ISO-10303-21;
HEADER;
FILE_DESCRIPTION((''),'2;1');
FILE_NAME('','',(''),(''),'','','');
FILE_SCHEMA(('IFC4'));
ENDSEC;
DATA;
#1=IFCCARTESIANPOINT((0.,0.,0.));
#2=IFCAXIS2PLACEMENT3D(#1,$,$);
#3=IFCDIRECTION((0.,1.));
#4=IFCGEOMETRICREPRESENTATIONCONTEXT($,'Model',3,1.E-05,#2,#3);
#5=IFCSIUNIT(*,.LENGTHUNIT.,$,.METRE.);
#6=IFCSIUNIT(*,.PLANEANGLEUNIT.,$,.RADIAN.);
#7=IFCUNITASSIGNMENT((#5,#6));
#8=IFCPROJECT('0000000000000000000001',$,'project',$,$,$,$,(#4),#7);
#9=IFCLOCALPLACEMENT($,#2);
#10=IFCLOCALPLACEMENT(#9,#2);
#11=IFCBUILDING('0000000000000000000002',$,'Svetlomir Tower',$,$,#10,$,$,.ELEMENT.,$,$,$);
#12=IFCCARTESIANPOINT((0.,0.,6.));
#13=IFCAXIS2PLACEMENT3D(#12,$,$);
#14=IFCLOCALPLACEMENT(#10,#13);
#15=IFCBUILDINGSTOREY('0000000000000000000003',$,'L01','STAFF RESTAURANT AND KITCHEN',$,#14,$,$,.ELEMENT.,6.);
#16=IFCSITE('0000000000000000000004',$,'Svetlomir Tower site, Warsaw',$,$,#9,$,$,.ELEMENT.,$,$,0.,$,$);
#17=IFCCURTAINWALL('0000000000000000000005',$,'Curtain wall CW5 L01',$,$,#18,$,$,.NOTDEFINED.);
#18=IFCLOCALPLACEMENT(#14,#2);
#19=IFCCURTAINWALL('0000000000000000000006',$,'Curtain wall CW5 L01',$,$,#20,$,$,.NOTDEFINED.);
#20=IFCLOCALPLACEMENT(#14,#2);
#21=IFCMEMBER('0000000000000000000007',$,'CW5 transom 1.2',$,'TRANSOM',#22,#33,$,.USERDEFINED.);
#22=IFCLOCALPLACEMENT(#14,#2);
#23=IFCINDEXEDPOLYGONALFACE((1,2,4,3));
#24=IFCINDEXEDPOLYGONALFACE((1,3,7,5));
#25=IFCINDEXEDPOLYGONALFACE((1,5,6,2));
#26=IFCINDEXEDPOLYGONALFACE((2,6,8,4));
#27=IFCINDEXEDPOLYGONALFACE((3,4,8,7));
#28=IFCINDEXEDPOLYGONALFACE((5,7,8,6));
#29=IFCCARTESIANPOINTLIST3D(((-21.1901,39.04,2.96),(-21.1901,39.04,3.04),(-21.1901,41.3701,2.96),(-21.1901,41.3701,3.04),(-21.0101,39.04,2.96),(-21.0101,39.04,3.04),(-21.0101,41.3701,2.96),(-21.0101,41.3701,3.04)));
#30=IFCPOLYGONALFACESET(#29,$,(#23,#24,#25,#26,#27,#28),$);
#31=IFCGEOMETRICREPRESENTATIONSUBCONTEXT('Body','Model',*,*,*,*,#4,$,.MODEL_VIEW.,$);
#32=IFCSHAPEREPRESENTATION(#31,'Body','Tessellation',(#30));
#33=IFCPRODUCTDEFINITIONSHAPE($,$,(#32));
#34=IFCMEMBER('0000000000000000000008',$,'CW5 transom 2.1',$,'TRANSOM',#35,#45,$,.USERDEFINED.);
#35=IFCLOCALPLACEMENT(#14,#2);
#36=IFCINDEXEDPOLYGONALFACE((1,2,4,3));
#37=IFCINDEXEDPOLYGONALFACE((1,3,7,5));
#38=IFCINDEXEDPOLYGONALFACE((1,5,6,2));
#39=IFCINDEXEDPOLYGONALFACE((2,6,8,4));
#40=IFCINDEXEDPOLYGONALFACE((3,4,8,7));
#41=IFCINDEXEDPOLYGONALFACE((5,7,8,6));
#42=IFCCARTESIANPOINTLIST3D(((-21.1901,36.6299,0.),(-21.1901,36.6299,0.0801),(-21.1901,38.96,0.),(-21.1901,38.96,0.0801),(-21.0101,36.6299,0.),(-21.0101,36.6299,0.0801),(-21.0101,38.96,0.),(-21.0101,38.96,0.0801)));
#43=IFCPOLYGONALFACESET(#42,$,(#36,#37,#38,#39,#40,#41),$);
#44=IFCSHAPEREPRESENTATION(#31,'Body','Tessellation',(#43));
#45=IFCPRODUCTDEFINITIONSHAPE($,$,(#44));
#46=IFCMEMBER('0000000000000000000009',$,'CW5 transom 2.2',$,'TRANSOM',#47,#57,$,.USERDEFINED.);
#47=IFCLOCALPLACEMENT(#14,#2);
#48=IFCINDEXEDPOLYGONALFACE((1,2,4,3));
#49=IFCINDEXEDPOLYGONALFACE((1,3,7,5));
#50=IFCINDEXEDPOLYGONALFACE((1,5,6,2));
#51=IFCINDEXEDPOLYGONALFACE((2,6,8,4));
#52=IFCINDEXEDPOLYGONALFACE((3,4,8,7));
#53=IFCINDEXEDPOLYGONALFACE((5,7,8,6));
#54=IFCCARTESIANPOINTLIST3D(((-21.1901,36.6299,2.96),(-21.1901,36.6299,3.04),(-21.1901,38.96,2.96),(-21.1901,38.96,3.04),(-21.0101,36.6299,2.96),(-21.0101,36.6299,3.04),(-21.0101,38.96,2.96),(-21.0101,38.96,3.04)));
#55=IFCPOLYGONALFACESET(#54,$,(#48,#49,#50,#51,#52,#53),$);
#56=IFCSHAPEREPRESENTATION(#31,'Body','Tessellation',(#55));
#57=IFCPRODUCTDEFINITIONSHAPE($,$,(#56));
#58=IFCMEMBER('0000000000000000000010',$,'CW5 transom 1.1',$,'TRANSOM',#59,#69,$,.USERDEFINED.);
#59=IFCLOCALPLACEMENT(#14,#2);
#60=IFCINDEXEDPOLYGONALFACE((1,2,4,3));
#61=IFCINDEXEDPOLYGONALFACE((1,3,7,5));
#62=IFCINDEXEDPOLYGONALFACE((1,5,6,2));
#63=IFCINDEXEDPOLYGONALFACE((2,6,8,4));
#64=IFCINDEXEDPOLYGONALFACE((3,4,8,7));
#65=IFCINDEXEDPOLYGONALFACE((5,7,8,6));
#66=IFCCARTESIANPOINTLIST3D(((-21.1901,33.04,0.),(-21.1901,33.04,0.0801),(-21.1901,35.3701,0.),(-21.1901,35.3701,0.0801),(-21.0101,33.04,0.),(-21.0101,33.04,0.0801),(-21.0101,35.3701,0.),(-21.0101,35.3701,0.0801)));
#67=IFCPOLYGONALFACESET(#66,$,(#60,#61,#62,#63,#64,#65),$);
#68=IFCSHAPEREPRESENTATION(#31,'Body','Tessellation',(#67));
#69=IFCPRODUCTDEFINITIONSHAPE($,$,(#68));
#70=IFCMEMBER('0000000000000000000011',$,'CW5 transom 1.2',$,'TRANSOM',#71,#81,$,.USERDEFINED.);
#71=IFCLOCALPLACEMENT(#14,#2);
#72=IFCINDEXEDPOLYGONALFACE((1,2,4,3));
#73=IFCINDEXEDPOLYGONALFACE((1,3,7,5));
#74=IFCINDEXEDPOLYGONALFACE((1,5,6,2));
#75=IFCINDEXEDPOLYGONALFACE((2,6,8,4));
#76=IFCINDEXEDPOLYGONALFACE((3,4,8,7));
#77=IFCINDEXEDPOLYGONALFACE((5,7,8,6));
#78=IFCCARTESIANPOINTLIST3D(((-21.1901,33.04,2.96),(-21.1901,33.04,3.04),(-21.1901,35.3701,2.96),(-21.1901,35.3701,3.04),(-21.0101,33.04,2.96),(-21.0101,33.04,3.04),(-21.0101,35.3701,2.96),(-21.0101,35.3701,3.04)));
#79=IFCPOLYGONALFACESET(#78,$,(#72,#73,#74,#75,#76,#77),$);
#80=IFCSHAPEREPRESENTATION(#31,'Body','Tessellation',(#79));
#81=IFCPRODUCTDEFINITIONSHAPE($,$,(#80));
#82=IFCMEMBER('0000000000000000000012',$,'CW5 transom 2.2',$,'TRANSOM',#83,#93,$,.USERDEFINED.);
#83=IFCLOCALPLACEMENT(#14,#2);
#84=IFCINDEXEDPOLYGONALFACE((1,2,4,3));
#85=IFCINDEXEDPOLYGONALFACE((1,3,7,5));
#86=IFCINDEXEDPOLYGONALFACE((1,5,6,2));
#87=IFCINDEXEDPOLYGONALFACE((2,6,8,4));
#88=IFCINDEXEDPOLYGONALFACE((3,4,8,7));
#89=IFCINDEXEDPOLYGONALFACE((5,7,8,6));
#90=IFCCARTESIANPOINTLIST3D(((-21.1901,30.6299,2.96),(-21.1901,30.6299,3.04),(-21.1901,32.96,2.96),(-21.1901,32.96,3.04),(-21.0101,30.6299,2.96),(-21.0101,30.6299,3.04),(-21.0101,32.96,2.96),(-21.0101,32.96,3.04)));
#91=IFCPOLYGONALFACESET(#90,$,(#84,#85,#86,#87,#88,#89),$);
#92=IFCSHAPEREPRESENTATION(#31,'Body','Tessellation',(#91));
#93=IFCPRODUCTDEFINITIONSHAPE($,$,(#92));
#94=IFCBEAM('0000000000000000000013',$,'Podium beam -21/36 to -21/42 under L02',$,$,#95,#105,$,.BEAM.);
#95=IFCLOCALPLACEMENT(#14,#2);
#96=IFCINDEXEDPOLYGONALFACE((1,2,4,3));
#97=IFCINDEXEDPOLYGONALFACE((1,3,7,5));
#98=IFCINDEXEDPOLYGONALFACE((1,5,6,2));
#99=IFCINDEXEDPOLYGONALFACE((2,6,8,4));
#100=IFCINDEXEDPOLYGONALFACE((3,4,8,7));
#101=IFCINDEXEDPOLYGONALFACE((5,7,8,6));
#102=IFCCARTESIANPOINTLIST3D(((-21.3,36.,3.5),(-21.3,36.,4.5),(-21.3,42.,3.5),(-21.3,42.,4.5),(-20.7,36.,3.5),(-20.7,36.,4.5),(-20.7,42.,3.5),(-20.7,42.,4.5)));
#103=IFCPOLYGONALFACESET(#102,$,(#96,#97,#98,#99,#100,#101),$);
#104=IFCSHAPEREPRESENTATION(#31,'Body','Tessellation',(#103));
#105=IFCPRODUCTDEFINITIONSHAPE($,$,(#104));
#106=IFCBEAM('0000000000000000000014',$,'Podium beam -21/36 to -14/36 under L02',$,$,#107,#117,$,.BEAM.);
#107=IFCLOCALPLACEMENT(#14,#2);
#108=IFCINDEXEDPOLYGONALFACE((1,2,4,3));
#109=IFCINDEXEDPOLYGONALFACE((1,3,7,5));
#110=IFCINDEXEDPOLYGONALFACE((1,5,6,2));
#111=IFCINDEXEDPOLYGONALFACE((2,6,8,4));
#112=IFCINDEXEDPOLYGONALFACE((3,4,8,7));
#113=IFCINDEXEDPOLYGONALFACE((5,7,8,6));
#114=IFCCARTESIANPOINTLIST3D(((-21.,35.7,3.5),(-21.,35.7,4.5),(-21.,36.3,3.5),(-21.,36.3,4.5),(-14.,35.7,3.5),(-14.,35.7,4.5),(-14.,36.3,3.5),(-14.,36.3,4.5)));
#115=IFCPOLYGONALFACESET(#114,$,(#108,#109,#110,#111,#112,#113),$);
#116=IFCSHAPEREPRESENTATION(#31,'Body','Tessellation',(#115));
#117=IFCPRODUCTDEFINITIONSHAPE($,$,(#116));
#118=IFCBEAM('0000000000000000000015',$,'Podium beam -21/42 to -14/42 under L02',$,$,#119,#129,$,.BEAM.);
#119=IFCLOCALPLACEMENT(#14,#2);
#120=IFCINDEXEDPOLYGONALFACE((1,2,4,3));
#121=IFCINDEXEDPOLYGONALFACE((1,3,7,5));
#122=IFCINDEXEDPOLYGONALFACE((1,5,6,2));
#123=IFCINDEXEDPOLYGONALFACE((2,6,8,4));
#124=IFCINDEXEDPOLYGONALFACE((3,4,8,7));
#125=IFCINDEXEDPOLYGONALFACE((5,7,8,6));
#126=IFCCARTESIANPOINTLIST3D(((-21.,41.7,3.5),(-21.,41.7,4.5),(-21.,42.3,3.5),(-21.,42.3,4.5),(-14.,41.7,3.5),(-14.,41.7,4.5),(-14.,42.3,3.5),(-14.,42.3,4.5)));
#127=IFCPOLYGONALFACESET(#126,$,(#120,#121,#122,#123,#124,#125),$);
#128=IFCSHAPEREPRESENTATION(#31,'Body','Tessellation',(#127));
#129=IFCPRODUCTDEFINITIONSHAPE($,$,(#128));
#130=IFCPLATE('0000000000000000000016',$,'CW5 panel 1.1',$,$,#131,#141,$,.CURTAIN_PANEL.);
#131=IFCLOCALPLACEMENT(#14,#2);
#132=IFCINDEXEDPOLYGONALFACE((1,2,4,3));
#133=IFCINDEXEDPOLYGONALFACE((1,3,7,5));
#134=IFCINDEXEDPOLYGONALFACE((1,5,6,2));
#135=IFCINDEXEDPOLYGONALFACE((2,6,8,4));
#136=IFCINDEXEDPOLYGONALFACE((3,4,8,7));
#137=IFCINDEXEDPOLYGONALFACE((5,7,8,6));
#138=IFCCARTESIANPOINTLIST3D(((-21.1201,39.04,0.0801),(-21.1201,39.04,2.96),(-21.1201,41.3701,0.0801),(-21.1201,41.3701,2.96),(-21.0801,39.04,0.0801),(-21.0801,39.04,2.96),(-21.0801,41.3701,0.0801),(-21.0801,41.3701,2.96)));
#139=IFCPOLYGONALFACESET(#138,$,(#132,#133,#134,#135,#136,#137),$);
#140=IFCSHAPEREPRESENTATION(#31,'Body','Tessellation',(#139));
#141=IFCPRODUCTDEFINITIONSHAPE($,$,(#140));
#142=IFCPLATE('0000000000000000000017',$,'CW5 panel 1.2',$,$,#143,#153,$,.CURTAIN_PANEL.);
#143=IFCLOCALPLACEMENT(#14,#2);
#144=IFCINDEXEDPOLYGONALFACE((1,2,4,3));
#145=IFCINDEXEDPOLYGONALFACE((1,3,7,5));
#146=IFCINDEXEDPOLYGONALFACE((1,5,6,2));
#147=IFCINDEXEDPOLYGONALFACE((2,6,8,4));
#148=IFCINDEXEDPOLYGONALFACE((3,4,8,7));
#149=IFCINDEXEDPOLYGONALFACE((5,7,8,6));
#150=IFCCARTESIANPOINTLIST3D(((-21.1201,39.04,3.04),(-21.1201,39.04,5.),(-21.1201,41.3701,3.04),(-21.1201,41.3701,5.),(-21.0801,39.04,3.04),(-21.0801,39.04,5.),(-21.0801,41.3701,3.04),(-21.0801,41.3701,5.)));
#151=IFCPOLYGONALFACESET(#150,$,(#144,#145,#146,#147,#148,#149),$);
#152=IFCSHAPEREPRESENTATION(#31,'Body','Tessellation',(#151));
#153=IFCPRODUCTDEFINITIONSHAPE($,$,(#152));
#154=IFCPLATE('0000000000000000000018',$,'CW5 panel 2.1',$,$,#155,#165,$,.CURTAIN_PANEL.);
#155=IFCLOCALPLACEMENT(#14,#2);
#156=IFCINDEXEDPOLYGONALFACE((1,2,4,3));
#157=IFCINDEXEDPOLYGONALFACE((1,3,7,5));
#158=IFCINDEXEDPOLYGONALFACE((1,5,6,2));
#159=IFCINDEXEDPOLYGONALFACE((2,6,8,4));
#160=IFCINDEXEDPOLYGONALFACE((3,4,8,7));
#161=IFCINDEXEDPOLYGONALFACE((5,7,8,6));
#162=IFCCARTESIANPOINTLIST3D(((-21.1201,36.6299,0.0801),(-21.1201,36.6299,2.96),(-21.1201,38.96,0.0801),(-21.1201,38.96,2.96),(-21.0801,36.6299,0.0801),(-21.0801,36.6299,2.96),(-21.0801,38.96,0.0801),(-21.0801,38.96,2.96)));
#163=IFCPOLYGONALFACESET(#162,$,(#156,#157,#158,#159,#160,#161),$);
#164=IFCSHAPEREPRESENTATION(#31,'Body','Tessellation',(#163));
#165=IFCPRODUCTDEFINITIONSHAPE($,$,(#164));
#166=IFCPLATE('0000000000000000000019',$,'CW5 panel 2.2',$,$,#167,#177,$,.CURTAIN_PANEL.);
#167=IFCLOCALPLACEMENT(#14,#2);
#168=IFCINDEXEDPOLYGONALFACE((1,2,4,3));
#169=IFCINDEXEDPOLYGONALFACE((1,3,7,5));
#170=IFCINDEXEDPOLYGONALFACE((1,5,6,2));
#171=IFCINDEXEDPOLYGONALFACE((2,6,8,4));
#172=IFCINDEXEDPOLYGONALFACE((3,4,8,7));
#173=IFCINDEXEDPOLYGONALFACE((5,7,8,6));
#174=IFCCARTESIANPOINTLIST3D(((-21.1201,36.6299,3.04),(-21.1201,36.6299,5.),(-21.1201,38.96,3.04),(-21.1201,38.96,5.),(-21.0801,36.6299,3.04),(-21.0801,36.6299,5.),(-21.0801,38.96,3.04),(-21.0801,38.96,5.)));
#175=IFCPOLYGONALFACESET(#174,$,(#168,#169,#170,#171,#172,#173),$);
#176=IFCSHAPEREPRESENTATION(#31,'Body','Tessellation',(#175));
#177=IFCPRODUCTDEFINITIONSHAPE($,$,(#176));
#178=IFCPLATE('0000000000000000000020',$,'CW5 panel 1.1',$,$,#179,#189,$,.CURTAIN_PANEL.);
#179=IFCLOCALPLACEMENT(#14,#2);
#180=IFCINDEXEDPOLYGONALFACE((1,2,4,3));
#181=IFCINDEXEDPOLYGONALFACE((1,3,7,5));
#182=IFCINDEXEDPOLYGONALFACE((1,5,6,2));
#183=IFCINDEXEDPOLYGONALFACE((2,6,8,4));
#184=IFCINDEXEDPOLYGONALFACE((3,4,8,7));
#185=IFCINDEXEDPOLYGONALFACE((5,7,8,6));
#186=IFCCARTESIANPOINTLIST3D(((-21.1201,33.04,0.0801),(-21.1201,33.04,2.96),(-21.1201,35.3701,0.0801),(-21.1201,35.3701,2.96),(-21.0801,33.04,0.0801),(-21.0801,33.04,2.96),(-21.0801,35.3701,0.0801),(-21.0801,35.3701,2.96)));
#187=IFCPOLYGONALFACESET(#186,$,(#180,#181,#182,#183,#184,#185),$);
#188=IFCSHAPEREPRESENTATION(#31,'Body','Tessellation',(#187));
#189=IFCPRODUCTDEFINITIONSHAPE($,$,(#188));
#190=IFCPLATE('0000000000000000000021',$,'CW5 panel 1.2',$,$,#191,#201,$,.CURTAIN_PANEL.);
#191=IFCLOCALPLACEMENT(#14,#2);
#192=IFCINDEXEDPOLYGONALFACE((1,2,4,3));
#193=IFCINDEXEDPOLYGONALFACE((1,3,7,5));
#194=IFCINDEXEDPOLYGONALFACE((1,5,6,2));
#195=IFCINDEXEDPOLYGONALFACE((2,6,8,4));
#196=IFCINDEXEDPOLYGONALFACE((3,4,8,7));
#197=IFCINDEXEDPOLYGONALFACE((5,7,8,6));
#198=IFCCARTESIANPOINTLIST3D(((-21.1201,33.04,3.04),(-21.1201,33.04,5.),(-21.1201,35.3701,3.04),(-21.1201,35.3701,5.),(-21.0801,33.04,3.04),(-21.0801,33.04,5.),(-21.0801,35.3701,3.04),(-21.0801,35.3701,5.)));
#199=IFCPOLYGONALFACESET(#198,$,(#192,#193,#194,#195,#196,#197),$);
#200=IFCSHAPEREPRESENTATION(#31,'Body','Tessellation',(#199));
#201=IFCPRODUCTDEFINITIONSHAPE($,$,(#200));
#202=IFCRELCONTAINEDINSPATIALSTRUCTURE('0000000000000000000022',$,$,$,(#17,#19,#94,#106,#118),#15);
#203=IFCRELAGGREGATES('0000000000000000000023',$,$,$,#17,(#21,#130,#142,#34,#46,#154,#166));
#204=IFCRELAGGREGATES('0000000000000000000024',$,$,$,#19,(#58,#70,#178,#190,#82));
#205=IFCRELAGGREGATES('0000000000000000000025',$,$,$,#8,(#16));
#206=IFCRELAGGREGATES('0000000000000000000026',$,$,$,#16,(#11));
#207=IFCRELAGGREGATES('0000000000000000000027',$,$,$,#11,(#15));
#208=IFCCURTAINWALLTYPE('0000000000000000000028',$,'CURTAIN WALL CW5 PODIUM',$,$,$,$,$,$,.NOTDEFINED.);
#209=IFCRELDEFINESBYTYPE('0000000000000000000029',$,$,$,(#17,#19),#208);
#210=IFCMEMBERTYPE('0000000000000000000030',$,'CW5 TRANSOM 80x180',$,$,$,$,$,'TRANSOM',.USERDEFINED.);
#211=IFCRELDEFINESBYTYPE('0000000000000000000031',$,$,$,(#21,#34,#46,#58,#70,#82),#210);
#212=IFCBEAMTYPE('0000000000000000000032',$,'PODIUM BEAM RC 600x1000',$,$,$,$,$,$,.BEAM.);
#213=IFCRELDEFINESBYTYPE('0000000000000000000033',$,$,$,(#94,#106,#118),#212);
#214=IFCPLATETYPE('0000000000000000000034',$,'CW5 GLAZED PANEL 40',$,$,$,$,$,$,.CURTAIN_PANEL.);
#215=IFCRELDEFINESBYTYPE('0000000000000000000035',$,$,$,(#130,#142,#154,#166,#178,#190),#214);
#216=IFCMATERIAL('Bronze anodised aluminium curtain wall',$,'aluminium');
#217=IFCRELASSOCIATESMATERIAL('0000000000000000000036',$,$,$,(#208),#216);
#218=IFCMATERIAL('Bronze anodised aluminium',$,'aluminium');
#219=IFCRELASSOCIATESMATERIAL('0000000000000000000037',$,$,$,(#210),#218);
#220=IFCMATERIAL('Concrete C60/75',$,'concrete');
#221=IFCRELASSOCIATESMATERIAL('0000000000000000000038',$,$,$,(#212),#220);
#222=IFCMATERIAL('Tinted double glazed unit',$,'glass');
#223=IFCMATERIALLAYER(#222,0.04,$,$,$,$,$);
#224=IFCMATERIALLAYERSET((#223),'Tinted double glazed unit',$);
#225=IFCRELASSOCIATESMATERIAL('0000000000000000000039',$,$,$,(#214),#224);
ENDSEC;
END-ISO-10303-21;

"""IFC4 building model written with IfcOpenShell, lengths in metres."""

from ifc_helpers import new_model, si_unit, direction, frame, origin, origin_2d, place, context, subcontext, project, spatial, rectangle, extrude, material, layer, layer_set, material_profile, profile_set, type_object, element, aggregate, save


model = new_model("IFC4")

# Units and contexts
model_context = context("Model", 3, precision=1e-05, world=origin(), true_north=direction((0.0, 1.0)))
body_context = subcontext(model_context, "Body", "Model", "MODEL_VIEW")
ifc_project = project(units=[si_unit("LENGTHUNIT", "METRE"), si_unit("PLANEANGLEUNIT", "RADIAN")], contexts=[model_context])

# Site, building, storey
site_placement = place(None, origin())
site = spatial("IfcSite", under=ifc_project, at=site_placement, Name="Svetlomir Tower site, Warsaw", CompositionType="ELEMENT", RefElevation=0.0)
building_placement = place(site_placement, origin())
building = spatial("IfcBuilding", under=site, at=building_placement, Name="Svetlomir Tower", CompositionType="ELEMENT")
storey_placement = place(building_placement, frame((0.0, 0.0, 6.0)))
storey = spatial("IfcBuildingStorey", under=building, at=storey_placement, Name="L01", Description="STAFF RESTAURANT AND KITCHEN", CompositionType="ELEMENT", Elevation=6.0)

# Shared definitions
ifc_material_1 = material(Name="Bronze anodised aluminium curtain wall", Category="aluminium")
curtain_wall_type = type_object("IfcCurtainWallType", Name="CURTAIN WALL CW5 PODIUM", PredefinedType="NOTDEFINED", material=ifc_material_1)

# Curtain walls
curtain_wall_1_placement = place(storey_placement, origin())
curtain_wall_1 = element("IfcCurtainWall", 1, at=curtain_wall_1_placement, inside=storey, type_object=curtain_wall_type, Name="Curtain wall CW5 L01", PredefinedType="NOTDEFINED")
curtain_wall_2_placement = place(storey_placement, origin())
curtain_wall_2 = element("IfcCurtainWall", 2, at=curtain_wall_2_placement, inside=storey, type_object=curtain_wall_type, Name="Curtain wall CW5 L01", PredefinedType="NOTDEFINED")

# Members
ifc_material_2 = material(Name="Bronze anodised aluminium", Category="aluminium")
ifc_material_profile_1 = material_profile(ifc_material_2, rectangle(XDim=0.1799, YDim=0.0801, at=origin_2d()), Name="AL 180x80")
ifc_profile_set_1 = profile_set([ifc_material_profile_1], Name="Bronze anodised aluminium 6063-T6")
member_type_1 = type_object("IfcMemberType", Name="CW5 TRANSOM 80x180", ElementType="TRANSOM", PredefinedType="USERDEFINED", material=ifc_profile_set_1)
member_1_placement = place(storey_placement, frame((-21.1001, 41.3701, 3.0), z_axis=(0.0, -1.0, 0.0), x_axis=(1.0, 0.0, 0.0)))
member_1 = element("IfcMember", 3, at=member_1_placement, type_object=member_type_1, Name="CW5 transom 1.2", ObjectType="TRANSOM", PredefinedType="USERDEFINED", context=body_context, shape_type="SweptSolid", body=[
    extrude(rectangle(XDim=0.1799, YDim=0.0801, at=origin_2d()), origin(), (0.0, 0.0, 1.0), 2.3301),
])
member_2_placement = place(storey_placement, frame((-21.1001, 38.96, 0.04), z_axis=(0.0, -1.0, 0.0), x_axis=(1.0, 0.0, 0.0)))
member_2 = element("IfcMember", 4, at=member_2_placement, type_object=member_type_1, Name="CW5 transom 2.1", ObjectType="TRANSOM", PredefinedType="USERDEFINED", context=body_context, shape_type="SweptSolid", body=[
    extrude(rectangle(XDim=0.1799, YDim=0.0801, at=origin_2d()), origin(), (0.0, 0.0, 1.0), 2.3301),
])
member_3_placement = place(storey_placement, frame((-21.1001, 38.96, 3.0), z_axis=(0.0, -1.0, 0.0), x_axis=(1.0, 0.0, 0.0)))
member_3 = element("IfcMember", 5, at=member_3_placement, type_object=member_type_1, Name="CW5 transom 2.2", ObjectType="TRANSOM", PredefinedType="USERDEFINED", context=body_context, shape_type="SweptSolid", body=[
    extrude(rectangle(XDim=0.1799, YDim=0.0801, at=origin_2d()), origin(), (0.0, 0.0, 1.0), 2.3301),
])
member_4_placement = place(storey_placement, frame((-21.1001, 35.3701, 0.04), z_axis=(0.0, -1.0, 0.0), x_axis=(1.0, 0.0, 0.0)))
member_4 = element("IfcMember", 6, at=member_4_placement, type_object=member_type_1, Name="CW5 transom 1.1", ObjectType="TRANSOM", PredefinedType="USERDEFINED", context=body_context, shape_type="SweptSolid", body=[
    extrude(rectangle(XDim=0.1799, YDim=0.0801, at=origin_2d()), origin(), (0.0, 0.0, 1.0), 2.3301),
])
member_5_placement = place(storey_placement, frame((-21.1001, 35.3701, 3.0), z_axis=(0.0, -1.0, 0.0), x_axis=(1.0, 0.0, 0.0)))
member_5 = element("IfcMember", 7, at=member_5_placement, type_object=member_type_1, Name="CW5 transom 1.2", ObjectType="TRANSOM", PredefinedType="USERDEFINED", context=body_context, shape_type="SweptSolid", body=[
    extrude(rectangle(XDim=0.1799, YDim=0.0801, at=origin_2d()), origin(), (0.0, 0.0, 1.0), 2.3301),
])
member_6_placement = place(storey_placement, frame((-21.1001, 32.96, 3.0), z_axis=(0.0, -1.0, 0.0), x_axis=(1.0, 0.0, 0.0)))
member_6 = element("IfcMember", 8, at=member_6_placement, type_object=member_type_1, Name="CW5 transom 2.2", ObjectType="TRANSOM", PredefinedType="USERDEFINED", context=body_context, shape_type="SweptSolid", body=[
    extrude(rectangle(XDim=0.1799, YDim=0.0801, at=origin_2d()), origin(), (0.0, 0.0, 1.0), 2.3301),
])

# Beams
ifc_material_3 = material(Name="Concrete C60/75", Category="concrete")
ifc_material_profile_2 = material_profile(ifc_material_3, rectangle(XDim=0.6001, YDim=1.0, at=origin_2d()), Name="RC 600x1000")
ifc_profile_set_2 = profile_set([ifc_material_profile_2], Name="Concrete C60/75")
beam_type = type_object("IfcBeamType", Name="PODIUM BEAM RC 600x1000", PredefinedType="BEAM", material=ifc_profile_set_2)
beam_placement = place(storey_placement, frame((-21.0, 36.0, 4.0), z_axis=(0.0, 1.0, 0.0), x_axis=(-1.0, 0.0, 0.0)))
element("IfcBeam", 9, at=beam_placement, inside=storey, type_object=beam_type, Name="Podium beam -21/36 to -21/42 under L02", PredefinedType="BEAM", context=body_context, shape_type="SweptSolid", body=[
    extrude(rectangle(XDim=0.6001, YDim=1.0, at=origin_2d()), origin(), (0.0, 0.0, 1.0), 6.0),
])
for number, where, z_axis, x_axis, name in (
    (10, (-21.0, 36.0, 4.0), (1.0, 0.0, 0.0), (0.0, 1.0, 0.0), "Podium beam -21/36 to -14/36 under L02"),
    (11, (-21.0, 42.0, 4.0), (1.0, 0.0, 0.0), (0.0, 1.0, 0.0), "Podium beam -21/42 to -14/42 under L02"),
):
    element("IfcBeam", number, at=place(storey_placement, frame(where, z_axis=z_axis, x_axis=x_axis)), inside=storey, type_object=beam_type, Name=name, PredefinedType="BEAM", context=body_context, shape_type="SweptSolid", body=[
        extrude(rectangle(XDim=0.6001, YDim=1.0, at=origin_2d()), origin(), (0.0, 0.0, 1.0), 7.0),
    ])

# Plates
ifc_material_4 = material(Name="Tinted double glazed unit", Category="glass")
ifc_layer = layer(ifc_material_4, 0.04)
ifc_layer_set = layer_set([ifc_layer], Name="Tinted double glazed unit")
plate_type = type_object("IfcPlateType", Name="CW5 GLAZED PANEL 40", PredefinedType="CURTAIN_PANEL", material=ifc_layer_set)
plate_1_placement = place(storey_placement, frame((-21.1001, 40.2051, 0.0801), z_axis=(0.0, 0.0, 1.0), x_axis=(0.0, -1.0, 0.0)))
plate_1 = element("IfcPlate", 12, at=plate_1_placement, type_object=plate_type, Name="CW5 panel 1.1", PredefinedType="CURTAIN_PANEL", context=body_context, shape_type="SweptSolid", body=[
    extrude(rectangle(XDim=2.3301, YDim=0.04, at=origin_2d()), origin(), (0.0, 0.0, 1.0), 2.8799),
])
plate_2_placement = place(storey_placement, frame((-21.1001, 40.2051, 3.04), z_axis=(0.0, 0.0, 1.0), x_axis=(0.0, -1.0, 0.0)))
plate_2 = element("IfcPlate", 13, at=plate_2_placement, type_object=plate_type, Name="CW5 panel 1.2", PredefinedType="CURTAIN_PANEL", context=body_context, shape_type="SweptSolid", body=[
    extrude(rectangle(XDim=2.3301, YDim=0.04, at=origin_2d()), origin(), (0.0, 0.0, 1.0), 1.96),
])
plate_3_placement = place(storey_placement, frame((-21.1001, 37.7949, 0.0801), z_axis=(0.0, 0.0, 1.0), x_axis=(0.0, -1.0, 0.0)))
plate_3 = element("IfcPlate", 14, at=plate_3_placement, type_object=plate_type, Name="CW5 panel 2.1", PredefinedType="CURTAIN_PANEL", context=body_context, shape_type="SweptSolid", body=[
    extrude(rectangle(XDim=2.3301, YDim=0.04, at=origin_2d()), origin(), (0.0, 0.0, 1.0), 2.8799),
])
plate_4_placement = place(storey_placement, frame((-21.1001, 37.7949, 3.04), z_axis=(0.0, 0.0, 1.0), x_axis=(0.0, -1.0, 0.0)))
plate_4 = element("IfcPlate", 15, at=plate_4_placement, type_object=plate_type, Name="CW5 panel 2.2", PredefinedType="CURTAIN_PANEL", context=body_context, shape_type="SweptSolid", body=[
    extrude(rectangle(XDim=2.3301, YDim=0.04, at=origin_2d()), origin(), (0.0, 0.0, 1.0), 1.96),
])
aggregate(curtain_wall_1, [member_1, plate_1, plate_2, member_2, member_3, plate_3, plate_4])
plate_5_placement = place(storey_placement, frame((-21.1001, 34.2051, 0.0801), z_axis=(0.0, 0.0, 1.0), x_axis=(0.0, -1.0, 0.0)))
plate_5 = element("IfcPlate", 16, at=plate_5_placement, type_object=plate_type, Name="CW5 panel 1.1", PredefinedType="CURTAIN_PANEL", context=body_context, shape_type="SweptSolid", body=[
    extrude(rectangle(XDim=2.3301, YDim=0.04, at=origin_2d()), origin(), (0.0, 0.0, 1.0), 2.8799),
])
plate_6_placement = place(storey_placement, frame((-21.1001, 34.2051, 3.04), z_axis=(0.0, 0.0, 1.0), x_axis=(0.0, -1.0, 0.0)))
plate_6 = element("IfcPlate", 17, at=plate_6_placement, type_object=plate_type, Name="CW5 panel 1.2", PredefinedType="CURTAIN_PANEL", context=body_context, shape_type="SweptSolid", body=[
    extrude(rectangle(XDim=2.3301, YDim=0.04, at=origin_2d()), origin(), (0.0, 0.0, 1.0), 1.96),
])
aggregate(curtain_wall_2, [member_4, member_5, plate_5, plate_6, member_6])

save(model, "model.ifc")
